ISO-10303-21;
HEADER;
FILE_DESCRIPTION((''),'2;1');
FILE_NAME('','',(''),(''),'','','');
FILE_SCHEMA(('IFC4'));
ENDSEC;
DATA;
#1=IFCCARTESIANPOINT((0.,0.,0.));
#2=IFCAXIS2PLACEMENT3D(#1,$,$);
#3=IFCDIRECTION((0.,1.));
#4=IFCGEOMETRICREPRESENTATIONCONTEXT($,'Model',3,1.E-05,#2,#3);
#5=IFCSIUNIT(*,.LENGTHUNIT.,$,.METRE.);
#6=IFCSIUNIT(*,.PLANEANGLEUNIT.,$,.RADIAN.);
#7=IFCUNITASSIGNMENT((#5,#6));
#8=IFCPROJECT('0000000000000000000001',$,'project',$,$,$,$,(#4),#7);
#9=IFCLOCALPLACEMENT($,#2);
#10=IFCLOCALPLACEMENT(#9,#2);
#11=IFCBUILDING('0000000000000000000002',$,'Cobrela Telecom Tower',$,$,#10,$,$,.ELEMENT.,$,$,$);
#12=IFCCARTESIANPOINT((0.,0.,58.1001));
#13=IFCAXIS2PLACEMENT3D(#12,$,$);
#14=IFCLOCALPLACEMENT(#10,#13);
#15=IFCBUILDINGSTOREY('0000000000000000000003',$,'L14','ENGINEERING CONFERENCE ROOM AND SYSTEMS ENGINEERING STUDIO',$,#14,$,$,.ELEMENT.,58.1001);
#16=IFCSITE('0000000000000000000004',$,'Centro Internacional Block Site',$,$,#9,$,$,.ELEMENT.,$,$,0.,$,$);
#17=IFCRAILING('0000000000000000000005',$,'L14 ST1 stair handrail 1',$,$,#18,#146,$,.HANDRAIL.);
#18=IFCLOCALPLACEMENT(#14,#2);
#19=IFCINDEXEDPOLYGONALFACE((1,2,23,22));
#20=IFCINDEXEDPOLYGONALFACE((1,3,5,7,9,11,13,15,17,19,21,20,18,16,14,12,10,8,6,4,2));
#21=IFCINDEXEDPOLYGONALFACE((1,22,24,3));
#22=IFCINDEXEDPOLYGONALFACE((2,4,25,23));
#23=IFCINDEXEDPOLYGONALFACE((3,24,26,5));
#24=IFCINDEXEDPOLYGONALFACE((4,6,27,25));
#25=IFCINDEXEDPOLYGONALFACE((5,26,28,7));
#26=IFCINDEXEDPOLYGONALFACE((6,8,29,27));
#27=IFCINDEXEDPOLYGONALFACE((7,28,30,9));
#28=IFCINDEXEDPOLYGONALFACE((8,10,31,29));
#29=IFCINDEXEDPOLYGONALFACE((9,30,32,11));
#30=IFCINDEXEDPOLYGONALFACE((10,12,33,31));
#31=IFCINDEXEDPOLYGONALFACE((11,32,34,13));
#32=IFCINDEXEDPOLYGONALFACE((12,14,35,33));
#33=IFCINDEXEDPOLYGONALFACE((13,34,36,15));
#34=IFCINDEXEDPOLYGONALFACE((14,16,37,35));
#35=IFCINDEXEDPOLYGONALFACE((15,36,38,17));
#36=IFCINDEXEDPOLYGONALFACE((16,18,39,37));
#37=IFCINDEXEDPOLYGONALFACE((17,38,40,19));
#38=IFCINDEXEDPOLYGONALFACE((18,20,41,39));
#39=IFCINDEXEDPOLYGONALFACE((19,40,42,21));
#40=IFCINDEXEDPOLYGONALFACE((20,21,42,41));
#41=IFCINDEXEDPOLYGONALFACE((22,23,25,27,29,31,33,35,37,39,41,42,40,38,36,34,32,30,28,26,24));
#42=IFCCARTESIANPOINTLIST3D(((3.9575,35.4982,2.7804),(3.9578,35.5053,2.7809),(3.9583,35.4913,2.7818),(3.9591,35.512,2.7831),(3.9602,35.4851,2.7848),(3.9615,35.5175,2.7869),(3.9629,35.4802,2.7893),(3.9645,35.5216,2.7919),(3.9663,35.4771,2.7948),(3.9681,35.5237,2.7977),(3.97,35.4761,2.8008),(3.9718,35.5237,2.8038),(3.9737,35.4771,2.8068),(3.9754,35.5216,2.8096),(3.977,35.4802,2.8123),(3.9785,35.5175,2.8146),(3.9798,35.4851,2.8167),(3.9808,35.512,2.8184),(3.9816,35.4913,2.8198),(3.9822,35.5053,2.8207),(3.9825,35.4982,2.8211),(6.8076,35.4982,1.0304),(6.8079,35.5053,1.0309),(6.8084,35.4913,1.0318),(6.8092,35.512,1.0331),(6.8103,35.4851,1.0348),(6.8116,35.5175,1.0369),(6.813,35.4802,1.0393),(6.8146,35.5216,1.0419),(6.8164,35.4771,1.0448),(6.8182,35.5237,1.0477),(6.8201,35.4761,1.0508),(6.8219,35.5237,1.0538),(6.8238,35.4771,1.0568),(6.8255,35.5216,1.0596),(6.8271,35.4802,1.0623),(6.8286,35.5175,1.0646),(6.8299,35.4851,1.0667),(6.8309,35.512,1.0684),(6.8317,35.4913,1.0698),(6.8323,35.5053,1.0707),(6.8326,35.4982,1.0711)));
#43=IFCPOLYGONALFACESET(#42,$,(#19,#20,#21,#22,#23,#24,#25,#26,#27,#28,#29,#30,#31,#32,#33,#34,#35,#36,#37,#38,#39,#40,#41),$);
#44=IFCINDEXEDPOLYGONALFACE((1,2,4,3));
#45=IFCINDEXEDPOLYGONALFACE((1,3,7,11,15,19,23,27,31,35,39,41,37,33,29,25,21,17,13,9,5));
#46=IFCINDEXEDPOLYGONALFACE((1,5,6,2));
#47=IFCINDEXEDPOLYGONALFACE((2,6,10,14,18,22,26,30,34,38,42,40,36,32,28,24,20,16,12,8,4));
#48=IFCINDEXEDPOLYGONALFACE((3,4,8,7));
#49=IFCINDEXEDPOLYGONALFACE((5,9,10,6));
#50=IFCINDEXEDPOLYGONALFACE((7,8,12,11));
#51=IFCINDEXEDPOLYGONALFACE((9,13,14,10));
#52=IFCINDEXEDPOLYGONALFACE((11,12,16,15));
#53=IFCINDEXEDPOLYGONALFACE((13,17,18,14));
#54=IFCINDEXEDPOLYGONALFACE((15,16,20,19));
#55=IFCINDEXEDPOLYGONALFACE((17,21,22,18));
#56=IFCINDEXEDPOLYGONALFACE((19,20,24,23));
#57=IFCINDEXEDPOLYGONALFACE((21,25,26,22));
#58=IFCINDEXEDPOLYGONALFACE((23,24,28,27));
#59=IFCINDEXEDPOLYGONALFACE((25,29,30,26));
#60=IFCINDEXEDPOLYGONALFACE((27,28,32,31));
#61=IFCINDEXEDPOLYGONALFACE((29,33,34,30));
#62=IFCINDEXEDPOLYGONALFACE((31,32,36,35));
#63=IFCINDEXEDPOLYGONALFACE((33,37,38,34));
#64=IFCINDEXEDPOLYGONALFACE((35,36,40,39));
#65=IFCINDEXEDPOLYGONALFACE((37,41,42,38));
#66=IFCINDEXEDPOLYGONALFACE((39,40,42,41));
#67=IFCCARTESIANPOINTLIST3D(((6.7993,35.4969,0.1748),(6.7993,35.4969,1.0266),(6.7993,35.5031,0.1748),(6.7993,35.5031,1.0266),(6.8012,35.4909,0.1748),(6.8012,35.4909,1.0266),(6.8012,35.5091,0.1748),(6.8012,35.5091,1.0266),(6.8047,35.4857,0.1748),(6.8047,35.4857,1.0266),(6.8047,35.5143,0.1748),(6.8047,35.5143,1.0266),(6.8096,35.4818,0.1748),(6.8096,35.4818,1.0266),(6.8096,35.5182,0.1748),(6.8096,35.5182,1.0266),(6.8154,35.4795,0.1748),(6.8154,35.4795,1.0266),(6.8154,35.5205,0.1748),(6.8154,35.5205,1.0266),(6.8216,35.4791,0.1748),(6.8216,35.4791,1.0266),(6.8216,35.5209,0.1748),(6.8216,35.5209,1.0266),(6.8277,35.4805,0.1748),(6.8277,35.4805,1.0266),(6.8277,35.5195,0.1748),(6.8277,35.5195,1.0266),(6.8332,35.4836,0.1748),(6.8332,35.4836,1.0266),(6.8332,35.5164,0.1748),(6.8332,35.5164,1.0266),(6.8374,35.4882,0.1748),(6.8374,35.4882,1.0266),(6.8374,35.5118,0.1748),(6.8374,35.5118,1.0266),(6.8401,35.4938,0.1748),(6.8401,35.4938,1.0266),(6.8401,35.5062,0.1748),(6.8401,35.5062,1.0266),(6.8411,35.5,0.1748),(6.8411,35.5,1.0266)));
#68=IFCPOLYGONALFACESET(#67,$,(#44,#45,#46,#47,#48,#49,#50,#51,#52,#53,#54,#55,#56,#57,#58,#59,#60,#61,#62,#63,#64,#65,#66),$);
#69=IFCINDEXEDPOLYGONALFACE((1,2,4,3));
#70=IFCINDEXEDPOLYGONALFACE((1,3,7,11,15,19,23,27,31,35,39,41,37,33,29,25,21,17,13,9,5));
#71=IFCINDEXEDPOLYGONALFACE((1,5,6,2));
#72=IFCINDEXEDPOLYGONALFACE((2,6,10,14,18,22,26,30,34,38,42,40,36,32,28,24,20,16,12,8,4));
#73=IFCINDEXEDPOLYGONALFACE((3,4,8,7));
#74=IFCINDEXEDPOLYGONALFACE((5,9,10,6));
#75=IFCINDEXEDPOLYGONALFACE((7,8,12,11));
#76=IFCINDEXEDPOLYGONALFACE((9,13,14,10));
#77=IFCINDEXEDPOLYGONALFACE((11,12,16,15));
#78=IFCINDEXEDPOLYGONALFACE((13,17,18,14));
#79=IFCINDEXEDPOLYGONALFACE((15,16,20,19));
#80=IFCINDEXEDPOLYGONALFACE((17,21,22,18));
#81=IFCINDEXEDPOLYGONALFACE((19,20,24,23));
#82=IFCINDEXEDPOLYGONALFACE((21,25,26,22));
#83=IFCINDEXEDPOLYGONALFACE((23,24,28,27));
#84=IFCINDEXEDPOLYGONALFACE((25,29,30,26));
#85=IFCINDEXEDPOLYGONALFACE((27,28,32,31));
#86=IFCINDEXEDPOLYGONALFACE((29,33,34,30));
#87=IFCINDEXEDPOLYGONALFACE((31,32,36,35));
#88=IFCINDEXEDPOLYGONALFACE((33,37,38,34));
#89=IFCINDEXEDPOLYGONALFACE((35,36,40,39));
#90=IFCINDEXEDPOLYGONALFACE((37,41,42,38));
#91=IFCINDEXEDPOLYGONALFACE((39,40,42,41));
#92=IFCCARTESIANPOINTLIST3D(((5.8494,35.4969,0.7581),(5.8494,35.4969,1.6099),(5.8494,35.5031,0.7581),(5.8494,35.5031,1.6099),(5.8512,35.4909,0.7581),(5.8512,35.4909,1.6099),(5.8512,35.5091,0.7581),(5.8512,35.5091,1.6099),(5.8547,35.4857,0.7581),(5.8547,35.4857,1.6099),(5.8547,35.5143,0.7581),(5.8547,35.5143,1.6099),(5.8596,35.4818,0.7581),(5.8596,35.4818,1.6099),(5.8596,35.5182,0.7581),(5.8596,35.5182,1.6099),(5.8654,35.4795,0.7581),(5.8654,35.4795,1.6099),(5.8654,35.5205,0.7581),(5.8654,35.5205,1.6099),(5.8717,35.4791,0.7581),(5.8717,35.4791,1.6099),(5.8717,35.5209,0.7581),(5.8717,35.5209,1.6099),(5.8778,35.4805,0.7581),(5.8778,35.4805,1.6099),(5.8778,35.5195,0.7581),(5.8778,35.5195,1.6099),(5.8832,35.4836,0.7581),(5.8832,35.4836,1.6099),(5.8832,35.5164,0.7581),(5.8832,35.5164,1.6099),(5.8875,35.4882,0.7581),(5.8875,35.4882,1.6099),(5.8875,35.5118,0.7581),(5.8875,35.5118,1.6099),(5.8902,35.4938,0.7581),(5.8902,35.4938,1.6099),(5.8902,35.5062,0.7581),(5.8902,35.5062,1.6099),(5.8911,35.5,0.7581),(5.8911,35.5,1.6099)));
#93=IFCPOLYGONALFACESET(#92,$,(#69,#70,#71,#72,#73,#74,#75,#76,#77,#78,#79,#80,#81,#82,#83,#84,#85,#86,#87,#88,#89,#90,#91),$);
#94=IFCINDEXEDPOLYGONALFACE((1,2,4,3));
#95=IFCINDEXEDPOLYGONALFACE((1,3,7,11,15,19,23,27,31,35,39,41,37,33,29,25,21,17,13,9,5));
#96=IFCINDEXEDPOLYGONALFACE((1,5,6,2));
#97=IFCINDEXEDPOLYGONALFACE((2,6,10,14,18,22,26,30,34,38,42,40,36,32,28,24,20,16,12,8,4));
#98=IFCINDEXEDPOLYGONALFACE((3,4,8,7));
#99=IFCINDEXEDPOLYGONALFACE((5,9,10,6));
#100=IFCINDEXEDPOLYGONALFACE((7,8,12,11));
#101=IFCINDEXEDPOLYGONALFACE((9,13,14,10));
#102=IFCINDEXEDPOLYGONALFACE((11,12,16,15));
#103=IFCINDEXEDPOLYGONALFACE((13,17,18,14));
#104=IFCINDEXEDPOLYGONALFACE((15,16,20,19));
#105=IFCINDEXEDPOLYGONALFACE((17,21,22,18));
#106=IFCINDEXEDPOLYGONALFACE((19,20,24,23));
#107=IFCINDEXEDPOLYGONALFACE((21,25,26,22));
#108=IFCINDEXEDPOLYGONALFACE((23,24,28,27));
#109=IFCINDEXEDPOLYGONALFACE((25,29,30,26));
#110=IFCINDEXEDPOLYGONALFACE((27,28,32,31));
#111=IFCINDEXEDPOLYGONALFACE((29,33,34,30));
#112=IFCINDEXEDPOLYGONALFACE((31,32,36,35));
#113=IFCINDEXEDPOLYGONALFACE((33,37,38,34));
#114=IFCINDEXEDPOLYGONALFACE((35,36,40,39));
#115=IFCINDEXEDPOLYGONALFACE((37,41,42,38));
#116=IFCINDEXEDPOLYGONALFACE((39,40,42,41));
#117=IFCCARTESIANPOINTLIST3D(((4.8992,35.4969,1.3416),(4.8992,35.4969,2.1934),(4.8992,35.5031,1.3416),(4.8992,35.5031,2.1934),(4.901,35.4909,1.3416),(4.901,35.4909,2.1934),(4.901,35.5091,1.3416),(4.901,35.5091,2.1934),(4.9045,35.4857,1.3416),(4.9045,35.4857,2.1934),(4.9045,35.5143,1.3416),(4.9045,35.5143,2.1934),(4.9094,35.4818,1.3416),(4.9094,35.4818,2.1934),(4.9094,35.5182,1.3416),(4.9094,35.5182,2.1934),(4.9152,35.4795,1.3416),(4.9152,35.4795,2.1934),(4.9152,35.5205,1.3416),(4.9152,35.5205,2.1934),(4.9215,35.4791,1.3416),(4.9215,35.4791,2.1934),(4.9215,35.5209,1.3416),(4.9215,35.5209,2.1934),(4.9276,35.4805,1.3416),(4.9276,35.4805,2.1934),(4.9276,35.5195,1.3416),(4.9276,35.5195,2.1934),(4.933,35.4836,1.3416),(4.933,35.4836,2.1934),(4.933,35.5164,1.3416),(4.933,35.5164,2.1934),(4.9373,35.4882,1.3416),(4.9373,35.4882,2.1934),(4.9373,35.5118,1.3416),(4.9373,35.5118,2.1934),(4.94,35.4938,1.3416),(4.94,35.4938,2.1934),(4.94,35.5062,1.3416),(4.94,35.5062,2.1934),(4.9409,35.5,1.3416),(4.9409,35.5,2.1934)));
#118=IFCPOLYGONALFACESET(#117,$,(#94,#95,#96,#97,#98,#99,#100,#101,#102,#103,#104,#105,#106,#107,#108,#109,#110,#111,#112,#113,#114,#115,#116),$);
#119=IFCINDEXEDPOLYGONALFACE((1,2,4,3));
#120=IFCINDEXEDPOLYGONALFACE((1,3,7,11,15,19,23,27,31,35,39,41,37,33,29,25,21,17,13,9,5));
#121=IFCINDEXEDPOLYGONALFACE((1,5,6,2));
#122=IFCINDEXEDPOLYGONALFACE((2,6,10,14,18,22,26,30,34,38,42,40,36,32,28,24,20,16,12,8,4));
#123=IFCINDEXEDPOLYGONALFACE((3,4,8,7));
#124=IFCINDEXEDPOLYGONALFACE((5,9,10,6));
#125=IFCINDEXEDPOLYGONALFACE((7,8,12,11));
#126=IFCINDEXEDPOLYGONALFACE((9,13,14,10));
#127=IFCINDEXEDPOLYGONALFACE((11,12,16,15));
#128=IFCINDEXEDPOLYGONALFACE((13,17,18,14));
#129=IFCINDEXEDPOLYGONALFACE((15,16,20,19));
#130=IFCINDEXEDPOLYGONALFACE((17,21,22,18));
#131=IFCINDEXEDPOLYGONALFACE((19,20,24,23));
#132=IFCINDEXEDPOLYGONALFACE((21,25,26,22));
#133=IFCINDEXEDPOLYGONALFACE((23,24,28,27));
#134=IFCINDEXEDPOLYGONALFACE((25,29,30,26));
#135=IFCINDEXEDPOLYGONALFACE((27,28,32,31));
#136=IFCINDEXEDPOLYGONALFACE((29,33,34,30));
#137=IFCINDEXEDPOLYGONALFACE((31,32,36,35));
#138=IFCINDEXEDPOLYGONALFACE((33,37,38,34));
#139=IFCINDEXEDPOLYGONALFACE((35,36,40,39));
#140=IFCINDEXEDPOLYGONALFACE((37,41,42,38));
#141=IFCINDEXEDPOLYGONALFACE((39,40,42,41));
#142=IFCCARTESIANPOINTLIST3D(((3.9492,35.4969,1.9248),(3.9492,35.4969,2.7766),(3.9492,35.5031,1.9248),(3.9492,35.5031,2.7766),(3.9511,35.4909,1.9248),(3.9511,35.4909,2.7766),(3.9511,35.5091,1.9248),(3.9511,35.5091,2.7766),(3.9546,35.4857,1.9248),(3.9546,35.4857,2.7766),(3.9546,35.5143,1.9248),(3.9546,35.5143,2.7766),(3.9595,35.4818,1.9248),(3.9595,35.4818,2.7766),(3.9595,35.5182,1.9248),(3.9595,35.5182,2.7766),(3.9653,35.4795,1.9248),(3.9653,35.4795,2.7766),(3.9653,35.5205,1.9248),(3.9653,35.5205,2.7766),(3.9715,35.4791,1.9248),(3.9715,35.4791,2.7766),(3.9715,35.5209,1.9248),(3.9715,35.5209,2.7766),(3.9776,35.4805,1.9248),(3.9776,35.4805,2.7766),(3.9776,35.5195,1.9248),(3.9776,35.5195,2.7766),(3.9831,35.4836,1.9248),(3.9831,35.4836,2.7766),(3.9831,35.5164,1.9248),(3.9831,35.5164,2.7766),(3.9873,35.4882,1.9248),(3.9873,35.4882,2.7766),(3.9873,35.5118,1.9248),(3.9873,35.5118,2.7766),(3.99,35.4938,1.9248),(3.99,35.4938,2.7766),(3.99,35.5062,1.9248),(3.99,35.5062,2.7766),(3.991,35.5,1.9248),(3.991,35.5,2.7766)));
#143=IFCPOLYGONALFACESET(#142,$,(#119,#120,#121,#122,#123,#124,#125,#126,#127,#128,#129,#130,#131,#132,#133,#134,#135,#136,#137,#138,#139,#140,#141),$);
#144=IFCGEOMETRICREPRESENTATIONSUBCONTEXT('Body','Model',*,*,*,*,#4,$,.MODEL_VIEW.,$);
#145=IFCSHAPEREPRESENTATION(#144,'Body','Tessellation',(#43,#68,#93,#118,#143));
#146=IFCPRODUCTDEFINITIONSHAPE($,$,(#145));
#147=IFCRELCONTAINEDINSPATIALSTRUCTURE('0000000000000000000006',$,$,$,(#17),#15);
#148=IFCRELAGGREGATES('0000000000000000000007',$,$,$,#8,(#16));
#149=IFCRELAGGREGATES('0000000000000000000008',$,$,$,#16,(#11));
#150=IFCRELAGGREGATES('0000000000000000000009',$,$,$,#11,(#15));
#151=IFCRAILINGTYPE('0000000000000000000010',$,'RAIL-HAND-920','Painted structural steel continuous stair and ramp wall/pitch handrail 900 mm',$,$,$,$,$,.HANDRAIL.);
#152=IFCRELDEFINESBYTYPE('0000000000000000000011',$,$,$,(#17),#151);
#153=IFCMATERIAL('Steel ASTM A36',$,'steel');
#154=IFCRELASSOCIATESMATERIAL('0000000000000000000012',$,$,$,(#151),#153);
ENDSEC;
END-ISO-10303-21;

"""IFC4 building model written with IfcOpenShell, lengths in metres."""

from ifc_helpers import new_model, si_unit, direction, frame, origin, origin_2d, place, context, subcontext, project, spatial, circle, extrude, material, type_object, element, save


model = new_model("IFC4")

# Units and contexts
model_context = context("Model", 3, precision=1e-05, world=origin(), true_north=direction((0.0, 1.0)))
body_context = subcontext(model_context, "Body", "Model", "MODEL_VIEW")
ifc_project = project(units=[si_unit("LENGTHUNIT", "METRE"), si_unit("PLANEANGLEUNIT", "RADIAN")], contexts=[model_context])

# Site, building, storey
site_placement = place(None, origin())
site = spatial("IfcSite", under=ifc_project, at=site_placement, Name="Centro Internacional Block Site", CompositionType="ELEMENT", RefElevation=0.0)
building_placement = place(site_placement, origin())
building = spatial("IfcBuilding", under=site, at=building_placement, Name="Cobrela Telecom Tower", CompositionType="ELEMENT")
storey_placement = place(building_placement, frame((0.0, 0.0, 58.1001)))
storey = spatial("IfcBuildingStorey", under=building, at=storey_placement, Name="L14", Description="ENGINEERING CONFERENCE ROOM AND SYSTEMS ENGINEERING STUDIO", CompositionType="ELEMENT", Elevation=58.1001)

# Shared definitions
ifc_material_1 = material(Name="Steel ASTM A36", Category="steel")

# Railing
railing_type_1 = type_object("IfcRailingType", Name="RAIL-HAND-920", Description="Painted structural steel continuous stair and ramp wall/pitch handrail 900 mm", PredefinedType="HANDRAIL", material=ifc_material_1)
railing_1_placement = place(storey_placement, frame((6.8201, 35.5, 0.1748)))
element("IfcRailing", 1, at=railing_1_placement, inside=storey, type_object=railing_type_1, Name="L14 ST1 stair handrail 1", PredefinedType="HANDRAIL", context=body_context, shape_type="SweptSolid", body=[
    extrude(circle(Radius=0.0239, at=origin_2d()), frame((0.0, 0.0, 0.876), z_axis=(-0.852179, 0.0, 0.52325), x_axis=(0.0, -1.0, 0.0)), (0.0, 0.0, 1.0), 3.3445),
    extrude(circle(Radius=0.021, at=origin_2d()), origin(), (0.0, 0.0, 1.0), 0.8518),
    extrude(circle(Radius=0.021, at=origin_2d()), frame((-0.95, 0.0, 0.5833)), (0.0, 0.0, 1.0), 0.8518),
    extrude(circle(Radius=0.021, at=origin_2d()), frame((-1.9001, 0.0, 1.1667)), (0.0, 0.0, 1.0), 0.8518),
    extrude(circle(Radius=0.021, at=origin_2d()), frame((-2.8501, 0.0, 1.75)), (0.0, 0.0, 1.0), 0.8518),
])

save(model, "model.ifc")
